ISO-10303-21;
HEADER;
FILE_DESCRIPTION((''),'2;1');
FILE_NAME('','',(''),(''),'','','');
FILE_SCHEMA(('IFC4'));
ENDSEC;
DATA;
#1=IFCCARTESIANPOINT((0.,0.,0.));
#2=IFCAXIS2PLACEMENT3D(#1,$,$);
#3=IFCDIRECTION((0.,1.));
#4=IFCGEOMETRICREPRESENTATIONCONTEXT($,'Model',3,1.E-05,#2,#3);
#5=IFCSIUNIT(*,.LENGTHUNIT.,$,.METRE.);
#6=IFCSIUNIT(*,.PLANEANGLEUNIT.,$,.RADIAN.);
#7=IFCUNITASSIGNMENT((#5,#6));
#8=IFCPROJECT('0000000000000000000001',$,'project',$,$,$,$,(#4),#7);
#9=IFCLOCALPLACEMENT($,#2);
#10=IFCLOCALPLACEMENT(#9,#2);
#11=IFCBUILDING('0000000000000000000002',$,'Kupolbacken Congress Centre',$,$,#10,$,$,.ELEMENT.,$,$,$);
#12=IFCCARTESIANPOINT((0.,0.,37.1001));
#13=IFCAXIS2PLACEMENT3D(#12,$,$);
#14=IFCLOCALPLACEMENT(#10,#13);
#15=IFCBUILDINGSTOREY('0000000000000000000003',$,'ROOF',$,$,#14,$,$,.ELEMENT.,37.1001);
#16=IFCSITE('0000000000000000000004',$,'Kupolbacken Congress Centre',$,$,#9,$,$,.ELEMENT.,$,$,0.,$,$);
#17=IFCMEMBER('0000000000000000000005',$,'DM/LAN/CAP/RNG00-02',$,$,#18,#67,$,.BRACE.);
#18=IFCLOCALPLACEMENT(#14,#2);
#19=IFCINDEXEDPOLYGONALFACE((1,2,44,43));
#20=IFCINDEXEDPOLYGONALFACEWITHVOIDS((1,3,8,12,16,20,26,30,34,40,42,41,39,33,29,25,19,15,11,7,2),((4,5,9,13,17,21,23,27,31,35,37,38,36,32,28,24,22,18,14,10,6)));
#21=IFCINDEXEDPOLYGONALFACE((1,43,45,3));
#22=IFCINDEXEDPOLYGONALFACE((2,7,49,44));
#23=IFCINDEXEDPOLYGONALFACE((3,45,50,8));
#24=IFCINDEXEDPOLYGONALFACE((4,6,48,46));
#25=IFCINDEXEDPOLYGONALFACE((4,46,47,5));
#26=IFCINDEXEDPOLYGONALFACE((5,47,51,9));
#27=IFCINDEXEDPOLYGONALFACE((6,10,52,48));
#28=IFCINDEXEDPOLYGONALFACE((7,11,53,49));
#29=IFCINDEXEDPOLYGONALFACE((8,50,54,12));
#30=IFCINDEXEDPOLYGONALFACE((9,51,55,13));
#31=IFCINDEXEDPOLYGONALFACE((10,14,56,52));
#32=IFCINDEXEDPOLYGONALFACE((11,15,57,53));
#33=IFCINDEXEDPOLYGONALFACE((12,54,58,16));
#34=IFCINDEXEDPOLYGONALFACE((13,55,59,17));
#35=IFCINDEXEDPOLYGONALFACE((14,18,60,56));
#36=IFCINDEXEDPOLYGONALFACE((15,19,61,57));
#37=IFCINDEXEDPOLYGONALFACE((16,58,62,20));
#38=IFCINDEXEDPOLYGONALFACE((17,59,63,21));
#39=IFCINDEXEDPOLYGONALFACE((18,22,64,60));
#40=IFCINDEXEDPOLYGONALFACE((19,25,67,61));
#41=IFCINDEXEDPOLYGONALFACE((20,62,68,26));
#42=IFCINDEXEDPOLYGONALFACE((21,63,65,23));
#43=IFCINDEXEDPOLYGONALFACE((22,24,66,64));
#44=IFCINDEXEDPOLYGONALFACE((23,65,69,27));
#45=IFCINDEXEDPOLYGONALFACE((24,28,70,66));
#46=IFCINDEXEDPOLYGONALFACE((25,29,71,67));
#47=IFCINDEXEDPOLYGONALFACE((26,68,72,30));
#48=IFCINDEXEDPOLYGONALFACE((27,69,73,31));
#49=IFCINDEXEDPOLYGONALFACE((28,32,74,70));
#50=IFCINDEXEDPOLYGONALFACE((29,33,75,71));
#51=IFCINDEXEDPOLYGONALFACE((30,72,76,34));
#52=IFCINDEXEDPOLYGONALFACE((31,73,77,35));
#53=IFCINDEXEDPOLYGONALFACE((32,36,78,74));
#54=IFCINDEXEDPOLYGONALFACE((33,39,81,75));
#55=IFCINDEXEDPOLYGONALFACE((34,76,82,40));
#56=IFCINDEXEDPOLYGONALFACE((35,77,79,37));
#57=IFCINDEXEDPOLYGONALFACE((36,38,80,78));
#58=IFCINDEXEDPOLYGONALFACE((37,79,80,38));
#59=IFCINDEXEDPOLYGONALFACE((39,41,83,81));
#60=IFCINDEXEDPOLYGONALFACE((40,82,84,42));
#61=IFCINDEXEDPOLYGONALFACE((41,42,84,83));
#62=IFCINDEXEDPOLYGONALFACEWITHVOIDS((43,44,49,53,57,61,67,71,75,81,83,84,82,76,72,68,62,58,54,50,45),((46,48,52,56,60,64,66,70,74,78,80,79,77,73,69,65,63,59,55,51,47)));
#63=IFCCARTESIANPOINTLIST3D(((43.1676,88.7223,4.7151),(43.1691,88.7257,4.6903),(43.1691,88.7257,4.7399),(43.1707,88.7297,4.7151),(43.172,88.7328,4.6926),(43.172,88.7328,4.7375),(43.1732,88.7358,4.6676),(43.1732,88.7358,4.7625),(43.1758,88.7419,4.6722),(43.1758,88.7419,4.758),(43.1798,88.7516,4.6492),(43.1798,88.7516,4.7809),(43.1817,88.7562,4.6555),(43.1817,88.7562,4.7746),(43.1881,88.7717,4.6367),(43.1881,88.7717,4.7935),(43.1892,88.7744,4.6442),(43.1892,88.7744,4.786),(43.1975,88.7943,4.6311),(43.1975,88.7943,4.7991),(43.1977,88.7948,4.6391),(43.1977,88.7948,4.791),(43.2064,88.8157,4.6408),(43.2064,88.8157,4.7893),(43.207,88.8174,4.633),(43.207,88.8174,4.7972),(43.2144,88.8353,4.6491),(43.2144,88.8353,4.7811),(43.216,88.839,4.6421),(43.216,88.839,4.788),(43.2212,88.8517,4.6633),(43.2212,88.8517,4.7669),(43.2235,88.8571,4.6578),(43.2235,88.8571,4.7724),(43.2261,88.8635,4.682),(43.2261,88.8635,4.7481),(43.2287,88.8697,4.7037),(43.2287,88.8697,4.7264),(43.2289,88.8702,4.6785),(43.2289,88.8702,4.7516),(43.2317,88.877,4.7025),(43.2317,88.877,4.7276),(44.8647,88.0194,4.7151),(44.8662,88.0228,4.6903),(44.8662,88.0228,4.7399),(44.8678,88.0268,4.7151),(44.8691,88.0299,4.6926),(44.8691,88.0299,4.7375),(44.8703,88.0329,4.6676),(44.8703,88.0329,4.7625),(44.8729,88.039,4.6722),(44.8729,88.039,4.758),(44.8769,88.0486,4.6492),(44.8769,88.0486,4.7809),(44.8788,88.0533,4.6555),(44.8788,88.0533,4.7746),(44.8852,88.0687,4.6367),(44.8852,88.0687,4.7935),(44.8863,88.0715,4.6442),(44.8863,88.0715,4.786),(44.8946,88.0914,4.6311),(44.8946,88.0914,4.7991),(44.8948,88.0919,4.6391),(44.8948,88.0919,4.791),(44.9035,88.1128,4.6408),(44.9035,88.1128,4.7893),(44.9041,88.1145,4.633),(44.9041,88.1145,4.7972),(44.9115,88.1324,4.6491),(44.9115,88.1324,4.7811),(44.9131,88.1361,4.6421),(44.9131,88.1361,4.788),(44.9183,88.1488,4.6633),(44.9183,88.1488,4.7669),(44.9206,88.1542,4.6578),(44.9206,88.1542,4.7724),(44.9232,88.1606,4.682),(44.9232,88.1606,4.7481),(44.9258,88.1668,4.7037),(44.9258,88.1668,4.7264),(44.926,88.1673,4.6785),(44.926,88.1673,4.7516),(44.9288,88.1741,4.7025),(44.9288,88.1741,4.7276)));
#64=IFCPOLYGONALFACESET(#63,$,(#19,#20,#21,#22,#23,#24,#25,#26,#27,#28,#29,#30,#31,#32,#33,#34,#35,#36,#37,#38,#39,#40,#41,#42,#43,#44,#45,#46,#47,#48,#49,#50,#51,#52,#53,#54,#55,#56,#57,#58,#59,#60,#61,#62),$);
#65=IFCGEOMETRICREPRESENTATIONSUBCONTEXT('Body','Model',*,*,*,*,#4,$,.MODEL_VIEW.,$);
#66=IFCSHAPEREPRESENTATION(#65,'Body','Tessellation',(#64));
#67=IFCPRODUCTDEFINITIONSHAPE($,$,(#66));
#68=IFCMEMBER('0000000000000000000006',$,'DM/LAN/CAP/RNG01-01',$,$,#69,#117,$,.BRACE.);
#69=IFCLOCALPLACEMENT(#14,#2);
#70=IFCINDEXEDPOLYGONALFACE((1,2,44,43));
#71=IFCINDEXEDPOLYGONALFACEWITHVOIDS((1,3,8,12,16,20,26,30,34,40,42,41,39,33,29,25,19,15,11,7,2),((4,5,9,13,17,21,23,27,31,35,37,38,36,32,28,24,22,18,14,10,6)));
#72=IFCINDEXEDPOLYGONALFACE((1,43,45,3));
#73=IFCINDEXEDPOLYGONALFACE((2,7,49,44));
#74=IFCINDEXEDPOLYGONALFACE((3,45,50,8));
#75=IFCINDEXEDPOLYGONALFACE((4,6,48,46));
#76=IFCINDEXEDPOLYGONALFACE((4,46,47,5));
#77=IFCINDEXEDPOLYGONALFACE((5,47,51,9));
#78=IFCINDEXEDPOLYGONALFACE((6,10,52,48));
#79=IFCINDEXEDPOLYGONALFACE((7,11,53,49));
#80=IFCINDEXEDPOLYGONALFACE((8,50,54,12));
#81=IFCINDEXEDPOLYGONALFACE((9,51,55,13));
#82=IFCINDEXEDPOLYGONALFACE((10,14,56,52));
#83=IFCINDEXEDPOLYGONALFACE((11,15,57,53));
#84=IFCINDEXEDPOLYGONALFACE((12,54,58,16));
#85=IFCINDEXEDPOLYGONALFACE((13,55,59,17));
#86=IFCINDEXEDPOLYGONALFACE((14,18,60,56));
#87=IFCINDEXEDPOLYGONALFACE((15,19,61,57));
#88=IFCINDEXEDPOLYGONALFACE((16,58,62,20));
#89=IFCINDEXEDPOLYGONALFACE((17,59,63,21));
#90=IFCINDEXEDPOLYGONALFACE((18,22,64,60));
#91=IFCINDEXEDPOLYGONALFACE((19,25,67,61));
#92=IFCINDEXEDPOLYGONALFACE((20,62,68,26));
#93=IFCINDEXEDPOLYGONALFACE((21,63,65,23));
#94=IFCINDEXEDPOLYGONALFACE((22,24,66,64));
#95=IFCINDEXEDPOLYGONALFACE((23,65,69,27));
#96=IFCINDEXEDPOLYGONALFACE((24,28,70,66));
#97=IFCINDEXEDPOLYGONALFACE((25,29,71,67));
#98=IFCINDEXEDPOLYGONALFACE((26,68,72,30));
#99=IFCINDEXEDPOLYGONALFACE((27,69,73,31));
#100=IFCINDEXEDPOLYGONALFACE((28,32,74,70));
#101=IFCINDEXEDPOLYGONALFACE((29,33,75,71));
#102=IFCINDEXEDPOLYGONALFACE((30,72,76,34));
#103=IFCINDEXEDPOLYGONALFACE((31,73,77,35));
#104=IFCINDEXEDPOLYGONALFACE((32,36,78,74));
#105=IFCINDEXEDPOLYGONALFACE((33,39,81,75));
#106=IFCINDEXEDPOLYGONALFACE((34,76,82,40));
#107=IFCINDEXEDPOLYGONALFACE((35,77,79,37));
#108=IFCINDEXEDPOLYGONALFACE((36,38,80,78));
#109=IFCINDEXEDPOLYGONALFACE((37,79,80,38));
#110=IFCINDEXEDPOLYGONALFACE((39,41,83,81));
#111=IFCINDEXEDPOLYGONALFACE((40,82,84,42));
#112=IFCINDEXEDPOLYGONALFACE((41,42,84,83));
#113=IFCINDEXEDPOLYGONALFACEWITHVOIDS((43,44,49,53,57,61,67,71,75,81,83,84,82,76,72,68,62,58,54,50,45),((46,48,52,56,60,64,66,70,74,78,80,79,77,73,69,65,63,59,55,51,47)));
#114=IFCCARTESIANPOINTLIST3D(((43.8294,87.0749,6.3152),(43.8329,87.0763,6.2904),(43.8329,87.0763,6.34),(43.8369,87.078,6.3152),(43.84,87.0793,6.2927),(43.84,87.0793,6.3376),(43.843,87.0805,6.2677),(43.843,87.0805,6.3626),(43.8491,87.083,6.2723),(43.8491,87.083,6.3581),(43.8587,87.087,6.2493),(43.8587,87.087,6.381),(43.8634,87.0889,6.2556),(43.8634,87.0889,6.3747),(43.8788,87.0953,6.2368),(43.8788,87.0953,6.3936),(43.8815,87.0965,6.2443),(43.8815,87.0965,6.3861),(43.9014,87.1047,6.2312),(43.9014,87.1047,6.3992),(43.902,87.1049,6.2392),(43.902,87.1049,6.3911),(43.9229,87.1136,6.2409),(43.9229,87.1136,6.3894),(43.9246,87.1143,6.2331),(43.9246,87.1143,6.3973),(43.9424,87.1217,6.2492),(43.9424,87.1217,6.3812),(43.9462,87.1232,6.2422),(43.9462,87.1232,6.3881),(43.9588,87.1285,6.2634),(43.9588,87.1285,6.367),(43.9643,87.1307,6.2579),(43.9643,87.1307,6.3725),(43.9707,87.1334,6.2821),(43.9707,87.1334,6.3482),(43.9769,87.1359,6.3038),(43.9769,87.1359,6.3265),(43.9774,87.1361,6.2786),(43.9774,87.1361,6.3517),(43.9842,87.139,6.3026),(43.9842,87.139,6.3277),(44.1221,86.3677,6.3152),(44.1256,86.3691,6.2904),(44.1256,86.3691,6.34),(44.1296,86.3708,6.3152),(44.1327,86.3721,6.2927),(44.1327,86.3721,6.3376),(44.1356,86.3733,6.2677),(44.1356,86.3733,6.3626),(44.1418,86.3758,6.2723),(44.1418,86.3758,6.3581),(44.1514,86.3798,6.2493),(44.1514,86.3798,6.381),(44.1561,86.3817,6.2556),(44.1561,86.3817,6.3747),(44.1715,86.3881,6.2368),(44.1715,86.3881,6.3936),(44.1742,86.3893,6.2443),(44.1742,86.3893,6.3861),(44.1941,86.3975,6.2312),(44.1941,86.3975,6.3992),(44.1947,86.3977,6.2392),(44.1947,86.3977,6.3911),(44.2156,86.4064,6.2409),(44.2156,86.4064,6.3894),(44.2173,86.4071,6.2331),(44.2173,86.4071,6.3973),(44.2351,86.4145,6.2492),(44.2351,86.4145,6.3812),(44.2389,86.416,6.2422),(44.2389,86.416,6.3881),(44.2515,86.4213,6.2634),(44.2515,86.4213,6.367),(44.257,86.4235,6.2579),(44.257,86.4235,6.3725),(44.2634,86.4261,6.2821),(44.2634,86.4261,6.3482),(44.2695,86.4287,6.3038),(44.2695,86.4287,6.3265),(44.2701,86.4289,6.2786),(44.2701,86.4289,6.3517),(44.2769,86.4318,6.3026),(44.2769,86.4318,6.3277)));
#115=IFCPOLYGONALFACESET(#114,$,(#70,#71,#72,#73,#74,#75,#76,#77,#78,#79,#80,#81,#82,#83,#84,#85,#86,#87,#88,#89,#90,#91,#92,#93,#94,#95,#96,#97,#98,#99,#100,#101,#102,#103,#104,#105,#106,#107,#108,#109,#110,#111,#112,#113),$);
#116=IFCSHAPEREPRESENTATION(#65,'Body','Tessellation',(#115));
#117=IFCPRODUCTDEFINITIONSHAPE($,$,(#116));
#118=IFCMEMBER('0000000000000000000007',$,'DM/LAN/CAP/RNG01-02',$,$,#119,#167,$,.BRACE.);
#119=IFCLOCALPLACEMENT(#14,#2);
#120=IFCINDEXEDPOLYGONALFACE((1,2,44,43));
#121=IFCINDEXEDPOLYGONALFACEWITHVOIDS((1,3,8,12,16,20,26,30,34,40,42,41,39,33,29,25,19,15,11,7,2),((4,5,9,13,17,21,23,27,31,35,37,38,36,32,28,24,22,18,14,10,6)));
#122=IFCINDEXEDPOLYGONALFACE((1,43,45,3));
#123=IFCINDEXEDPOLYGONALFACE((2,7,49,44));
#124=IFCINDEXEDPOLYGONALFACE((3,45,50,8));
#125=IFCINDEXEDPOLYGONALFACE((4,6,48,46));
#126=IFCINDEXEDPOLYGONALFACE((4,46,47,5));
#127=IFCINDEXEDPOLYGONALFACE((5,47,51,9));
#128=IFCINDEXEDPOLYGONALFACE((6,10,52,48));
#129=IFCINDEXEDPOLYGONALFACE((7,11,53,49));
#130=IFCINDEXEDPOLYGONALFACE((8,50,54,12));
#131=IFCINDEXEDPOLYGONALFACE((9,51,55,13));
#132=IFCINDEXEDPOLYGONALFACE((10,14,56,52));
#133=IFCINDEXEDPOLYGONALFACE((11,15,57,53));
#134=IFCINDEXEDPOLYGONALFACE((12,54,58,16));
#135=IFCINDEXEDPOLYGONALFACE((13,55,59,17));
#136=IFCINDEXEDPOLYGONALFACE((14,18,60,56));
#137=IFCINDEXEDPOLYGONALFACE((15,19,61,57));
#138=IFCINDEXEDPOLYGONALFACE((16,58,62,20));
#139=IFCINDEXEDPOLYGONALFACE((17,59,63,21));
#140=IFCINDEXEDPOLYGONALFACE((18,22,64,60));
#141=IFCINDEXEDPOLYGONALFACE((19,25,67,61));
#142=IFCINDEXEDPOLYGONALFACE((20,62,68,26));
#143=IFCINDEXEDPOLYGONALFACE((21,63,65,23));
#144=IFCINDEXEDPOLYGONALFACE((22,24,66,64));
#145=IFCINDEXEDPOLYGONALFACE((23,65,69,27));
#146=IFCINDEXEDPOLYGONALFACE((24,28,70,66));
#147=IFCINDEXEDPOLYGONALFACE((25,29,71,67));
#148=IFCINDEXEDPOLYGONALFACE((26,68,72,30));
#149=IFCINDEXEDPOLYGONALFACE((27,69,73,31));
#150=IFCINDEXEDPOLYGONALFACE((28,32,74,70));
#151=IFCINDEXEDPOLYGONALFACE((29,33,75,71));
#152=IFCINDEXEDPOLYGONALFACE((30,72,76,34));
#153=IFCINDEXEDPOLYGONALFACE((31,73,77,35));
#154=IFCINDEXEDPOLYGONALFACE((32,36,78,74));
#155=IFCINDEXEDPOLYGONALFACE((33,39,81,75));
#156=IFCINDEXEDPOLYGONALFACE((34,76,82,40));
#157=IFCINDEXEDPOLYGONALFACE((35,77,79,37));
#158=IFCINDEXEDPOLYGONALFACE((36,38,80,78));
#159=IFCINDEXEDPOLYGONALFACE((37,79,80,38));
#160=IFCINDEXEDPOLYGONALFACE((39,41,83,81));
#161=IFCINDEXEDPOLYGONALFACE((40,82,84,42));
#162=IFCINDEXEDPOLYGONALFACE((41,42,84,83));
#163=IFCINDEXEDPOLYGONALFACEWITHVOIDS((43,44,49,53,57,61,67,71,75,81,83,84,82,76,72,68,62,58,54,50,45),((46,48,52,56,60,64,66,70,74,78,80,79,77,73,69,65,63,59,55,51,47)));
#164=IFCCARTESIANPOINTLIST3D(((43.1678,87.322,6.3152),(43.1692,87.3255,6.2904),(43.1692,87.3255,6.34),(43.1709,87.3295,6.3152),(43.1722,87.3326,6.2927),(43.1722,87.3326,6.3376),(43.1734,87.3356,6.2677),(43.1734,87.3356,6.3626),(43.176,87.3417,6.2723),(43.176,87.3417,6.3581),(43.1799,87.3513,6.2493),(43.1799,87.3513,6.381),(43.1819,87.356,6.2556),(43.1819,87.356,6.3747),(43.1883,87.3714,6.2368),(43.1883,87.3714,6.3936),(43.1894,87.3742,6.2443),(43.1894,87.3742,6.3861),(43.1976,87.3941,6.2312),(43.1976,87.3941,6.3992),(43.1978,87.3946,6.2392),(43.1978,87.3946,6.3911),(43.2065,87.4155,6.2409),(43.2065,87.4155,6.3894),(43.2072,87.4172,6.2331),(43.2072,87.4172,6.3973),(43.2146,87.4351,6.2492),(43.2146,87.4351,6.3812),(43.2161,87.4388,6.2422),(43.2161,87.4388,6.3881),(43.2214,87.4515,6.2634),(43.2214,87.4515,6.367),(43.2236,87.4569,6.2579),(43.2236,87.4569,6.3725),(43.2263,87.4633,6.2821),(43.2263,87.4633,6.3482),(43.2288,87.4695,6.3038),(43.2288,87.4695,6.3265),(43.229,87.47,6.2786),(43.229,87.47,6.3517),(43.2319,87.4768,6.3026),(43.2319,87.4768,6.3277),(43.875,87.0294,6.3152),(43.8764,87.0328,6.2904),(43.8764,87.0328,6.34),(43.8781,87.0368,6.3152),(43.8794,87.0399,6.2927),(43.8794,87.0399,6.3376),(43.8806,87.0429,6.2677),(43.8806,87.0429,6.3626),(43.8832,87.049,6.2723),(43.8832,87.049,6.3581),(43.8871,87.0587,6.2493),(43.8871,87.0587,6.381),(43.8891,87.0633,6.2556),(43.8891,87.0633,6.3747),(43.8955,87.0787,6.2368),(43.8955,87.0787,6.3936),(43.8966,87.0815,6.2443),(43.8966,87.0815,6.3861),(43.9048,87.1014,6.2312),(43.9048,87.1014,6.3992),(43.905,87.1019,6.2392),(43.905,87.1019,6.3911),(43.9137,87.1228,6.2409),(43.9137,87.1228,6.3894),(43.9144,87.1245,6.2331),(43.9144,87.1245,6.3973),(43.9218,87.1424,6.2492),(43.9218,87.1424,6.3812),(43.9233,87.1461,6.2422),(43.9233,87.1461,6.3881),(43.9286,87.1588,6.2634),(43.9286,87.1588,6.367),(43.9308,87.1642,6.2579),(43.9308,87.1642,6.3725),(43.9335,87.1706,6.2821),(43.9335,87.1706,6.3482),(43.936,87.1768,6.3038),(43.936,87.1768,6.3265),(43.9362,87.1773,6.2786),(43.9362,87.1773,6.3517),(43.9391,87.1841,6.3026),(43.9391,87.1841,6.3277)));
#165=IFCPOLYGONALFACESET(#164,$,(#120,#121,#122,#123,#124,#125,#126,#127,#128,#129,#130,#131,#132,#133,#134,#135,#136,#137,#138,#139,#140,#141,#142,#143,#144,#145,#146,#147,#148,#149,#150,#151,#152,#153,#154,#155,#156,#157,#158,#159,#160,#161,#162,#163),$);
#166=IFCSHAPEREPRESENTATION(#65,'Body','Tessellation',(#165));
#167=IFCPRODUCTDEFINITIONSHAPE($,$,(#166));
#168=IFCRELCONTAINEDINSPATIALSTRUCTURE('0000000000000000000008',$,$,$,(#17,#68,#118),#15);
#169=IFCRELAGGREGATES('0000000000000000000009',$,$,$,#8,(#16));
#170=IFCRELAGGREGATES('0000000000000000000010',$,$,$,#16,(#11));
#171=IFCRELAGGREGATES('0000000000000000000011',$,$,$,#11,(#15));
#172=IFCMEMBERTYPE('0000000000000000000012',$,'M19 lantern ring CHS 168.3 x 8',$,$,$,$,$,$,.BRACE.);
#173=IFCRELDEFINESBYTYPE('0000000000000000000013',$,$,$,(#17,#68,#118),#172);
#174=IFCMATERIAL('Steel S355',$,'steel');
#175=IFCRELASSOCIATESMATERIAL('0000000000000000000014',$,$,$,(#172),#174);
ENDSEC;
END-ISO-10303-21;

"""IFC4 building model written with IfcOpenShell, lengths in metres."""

from ifc_helpers import new_model, si_unit, direction, frame, origin, origin_2d, place, context, subcontext, project, spatial, hollow_circle, extrude, material, material_profile, profile_set, type_object, element, save


model = new_model("IFC4")

# Units and contexts
model_context = context("Model", 3, precision=1e-05, world=origin(), true_north=direction((0.0, 1.0)))
body_context = subcontext(model_context, "Body", "Model", "MODEL_VIEW")
ifc_project = project(units=[si_unit("LENGTHUNIT", "METRE"), si_unit("PLANEANGLEUNIT", "RADIAN")], contexts=[model_context])

# Site, building, storey
site_placement = place(None, origin())
site = spatial("IfcSite", under=ifc_project, at=site_placement, Name="Kupolbacken Congress Centre", CompositionType="ELEMENT", RefElevation=0.0)
building_placement = place(site_placement, origin())
building = spatial("IfcBuilding", under=site, at=building_placement, Name="Kupolbacken Congress Centre", CompositionType="ELEMENT")
storey_placement = place(building_placement, frame((0.0, 0.0, 37.1001)))
storey = spatial("IfcBuildingStorey", under=building, at=storey_placement, Name="ROOF", CompositionType="ELEMENT", Elevation=37.1001)

# Members
ifc_material_1 = material(Name="Steel S355", Category="steel")
ifc_material_profile_1 = material_profile(ifc_material_1, hollow_circle(Radius=0.0842, WallThickness=0.0081, at=origin_2d()), Name="CHS 168.3 x 8")
ifc_profile_set_1 = profile_set([ifc_material_profile_1], Name="Steel S355")
member_type_1 = type_object("IfcMemberType", Name="M19 lantern ring CHS 168.3 x 8", PredefinedType="BRACE", material=ifc_profile_set_1)
member_1_placement = place(storey_placement, frame((44.897, 88.0972, 4.7151), z_axis=(-0.923889, 0.382661, 0.0), x_axis=(-0.382661, -0.923889, 0.0)))
element("IfcMember", 1, at=member_1_placement, inside=storey, type_object=member_type_1, Name="DM/LAN/CAP/RNG00-02", PredefinedType="BRACE", context=body_context, shape_type="SweptSolid", body=[
    extrude(hollow_circle(Radius=0.0842, WallThickness=0.0081, at=origin_2d()), origin(), (0.0, 0.0, 1.0), 1.8369),
])
for number, where, z_axis, x_axis, name in (
    (2, (44.2, 86.3999, 6.3152), (-0.382418, 0.92399, 0.0), (-0.92399, -0.382418, 0.0), "DM/LAN/CAP/RNG01-01"),
    (3, (43.9072, 87.1072, 6.3152), (-0.92399, 0.382418, 0.0), (-0.382418, -0.92399, 0.0), "DM/LAN/CAP/RNG01-02"),
):
    element("IfcMember", number, at=place(storey_placement, frame(where, z_axis=z_axis, x_axis=x_axis)), inside=storey, type_object=member_type_1, Name=name, PredefinedType="BRACE", context=body_context, shape_type="SweptSolid", body=[
        extrude(hollow_circle(Radius=0.0842, WallThickness=0.0081, at=origin_2d()), origin(), (0.0, 0.0, 1.0), 0.7654),
    ])

save(model, "model.ifc")
